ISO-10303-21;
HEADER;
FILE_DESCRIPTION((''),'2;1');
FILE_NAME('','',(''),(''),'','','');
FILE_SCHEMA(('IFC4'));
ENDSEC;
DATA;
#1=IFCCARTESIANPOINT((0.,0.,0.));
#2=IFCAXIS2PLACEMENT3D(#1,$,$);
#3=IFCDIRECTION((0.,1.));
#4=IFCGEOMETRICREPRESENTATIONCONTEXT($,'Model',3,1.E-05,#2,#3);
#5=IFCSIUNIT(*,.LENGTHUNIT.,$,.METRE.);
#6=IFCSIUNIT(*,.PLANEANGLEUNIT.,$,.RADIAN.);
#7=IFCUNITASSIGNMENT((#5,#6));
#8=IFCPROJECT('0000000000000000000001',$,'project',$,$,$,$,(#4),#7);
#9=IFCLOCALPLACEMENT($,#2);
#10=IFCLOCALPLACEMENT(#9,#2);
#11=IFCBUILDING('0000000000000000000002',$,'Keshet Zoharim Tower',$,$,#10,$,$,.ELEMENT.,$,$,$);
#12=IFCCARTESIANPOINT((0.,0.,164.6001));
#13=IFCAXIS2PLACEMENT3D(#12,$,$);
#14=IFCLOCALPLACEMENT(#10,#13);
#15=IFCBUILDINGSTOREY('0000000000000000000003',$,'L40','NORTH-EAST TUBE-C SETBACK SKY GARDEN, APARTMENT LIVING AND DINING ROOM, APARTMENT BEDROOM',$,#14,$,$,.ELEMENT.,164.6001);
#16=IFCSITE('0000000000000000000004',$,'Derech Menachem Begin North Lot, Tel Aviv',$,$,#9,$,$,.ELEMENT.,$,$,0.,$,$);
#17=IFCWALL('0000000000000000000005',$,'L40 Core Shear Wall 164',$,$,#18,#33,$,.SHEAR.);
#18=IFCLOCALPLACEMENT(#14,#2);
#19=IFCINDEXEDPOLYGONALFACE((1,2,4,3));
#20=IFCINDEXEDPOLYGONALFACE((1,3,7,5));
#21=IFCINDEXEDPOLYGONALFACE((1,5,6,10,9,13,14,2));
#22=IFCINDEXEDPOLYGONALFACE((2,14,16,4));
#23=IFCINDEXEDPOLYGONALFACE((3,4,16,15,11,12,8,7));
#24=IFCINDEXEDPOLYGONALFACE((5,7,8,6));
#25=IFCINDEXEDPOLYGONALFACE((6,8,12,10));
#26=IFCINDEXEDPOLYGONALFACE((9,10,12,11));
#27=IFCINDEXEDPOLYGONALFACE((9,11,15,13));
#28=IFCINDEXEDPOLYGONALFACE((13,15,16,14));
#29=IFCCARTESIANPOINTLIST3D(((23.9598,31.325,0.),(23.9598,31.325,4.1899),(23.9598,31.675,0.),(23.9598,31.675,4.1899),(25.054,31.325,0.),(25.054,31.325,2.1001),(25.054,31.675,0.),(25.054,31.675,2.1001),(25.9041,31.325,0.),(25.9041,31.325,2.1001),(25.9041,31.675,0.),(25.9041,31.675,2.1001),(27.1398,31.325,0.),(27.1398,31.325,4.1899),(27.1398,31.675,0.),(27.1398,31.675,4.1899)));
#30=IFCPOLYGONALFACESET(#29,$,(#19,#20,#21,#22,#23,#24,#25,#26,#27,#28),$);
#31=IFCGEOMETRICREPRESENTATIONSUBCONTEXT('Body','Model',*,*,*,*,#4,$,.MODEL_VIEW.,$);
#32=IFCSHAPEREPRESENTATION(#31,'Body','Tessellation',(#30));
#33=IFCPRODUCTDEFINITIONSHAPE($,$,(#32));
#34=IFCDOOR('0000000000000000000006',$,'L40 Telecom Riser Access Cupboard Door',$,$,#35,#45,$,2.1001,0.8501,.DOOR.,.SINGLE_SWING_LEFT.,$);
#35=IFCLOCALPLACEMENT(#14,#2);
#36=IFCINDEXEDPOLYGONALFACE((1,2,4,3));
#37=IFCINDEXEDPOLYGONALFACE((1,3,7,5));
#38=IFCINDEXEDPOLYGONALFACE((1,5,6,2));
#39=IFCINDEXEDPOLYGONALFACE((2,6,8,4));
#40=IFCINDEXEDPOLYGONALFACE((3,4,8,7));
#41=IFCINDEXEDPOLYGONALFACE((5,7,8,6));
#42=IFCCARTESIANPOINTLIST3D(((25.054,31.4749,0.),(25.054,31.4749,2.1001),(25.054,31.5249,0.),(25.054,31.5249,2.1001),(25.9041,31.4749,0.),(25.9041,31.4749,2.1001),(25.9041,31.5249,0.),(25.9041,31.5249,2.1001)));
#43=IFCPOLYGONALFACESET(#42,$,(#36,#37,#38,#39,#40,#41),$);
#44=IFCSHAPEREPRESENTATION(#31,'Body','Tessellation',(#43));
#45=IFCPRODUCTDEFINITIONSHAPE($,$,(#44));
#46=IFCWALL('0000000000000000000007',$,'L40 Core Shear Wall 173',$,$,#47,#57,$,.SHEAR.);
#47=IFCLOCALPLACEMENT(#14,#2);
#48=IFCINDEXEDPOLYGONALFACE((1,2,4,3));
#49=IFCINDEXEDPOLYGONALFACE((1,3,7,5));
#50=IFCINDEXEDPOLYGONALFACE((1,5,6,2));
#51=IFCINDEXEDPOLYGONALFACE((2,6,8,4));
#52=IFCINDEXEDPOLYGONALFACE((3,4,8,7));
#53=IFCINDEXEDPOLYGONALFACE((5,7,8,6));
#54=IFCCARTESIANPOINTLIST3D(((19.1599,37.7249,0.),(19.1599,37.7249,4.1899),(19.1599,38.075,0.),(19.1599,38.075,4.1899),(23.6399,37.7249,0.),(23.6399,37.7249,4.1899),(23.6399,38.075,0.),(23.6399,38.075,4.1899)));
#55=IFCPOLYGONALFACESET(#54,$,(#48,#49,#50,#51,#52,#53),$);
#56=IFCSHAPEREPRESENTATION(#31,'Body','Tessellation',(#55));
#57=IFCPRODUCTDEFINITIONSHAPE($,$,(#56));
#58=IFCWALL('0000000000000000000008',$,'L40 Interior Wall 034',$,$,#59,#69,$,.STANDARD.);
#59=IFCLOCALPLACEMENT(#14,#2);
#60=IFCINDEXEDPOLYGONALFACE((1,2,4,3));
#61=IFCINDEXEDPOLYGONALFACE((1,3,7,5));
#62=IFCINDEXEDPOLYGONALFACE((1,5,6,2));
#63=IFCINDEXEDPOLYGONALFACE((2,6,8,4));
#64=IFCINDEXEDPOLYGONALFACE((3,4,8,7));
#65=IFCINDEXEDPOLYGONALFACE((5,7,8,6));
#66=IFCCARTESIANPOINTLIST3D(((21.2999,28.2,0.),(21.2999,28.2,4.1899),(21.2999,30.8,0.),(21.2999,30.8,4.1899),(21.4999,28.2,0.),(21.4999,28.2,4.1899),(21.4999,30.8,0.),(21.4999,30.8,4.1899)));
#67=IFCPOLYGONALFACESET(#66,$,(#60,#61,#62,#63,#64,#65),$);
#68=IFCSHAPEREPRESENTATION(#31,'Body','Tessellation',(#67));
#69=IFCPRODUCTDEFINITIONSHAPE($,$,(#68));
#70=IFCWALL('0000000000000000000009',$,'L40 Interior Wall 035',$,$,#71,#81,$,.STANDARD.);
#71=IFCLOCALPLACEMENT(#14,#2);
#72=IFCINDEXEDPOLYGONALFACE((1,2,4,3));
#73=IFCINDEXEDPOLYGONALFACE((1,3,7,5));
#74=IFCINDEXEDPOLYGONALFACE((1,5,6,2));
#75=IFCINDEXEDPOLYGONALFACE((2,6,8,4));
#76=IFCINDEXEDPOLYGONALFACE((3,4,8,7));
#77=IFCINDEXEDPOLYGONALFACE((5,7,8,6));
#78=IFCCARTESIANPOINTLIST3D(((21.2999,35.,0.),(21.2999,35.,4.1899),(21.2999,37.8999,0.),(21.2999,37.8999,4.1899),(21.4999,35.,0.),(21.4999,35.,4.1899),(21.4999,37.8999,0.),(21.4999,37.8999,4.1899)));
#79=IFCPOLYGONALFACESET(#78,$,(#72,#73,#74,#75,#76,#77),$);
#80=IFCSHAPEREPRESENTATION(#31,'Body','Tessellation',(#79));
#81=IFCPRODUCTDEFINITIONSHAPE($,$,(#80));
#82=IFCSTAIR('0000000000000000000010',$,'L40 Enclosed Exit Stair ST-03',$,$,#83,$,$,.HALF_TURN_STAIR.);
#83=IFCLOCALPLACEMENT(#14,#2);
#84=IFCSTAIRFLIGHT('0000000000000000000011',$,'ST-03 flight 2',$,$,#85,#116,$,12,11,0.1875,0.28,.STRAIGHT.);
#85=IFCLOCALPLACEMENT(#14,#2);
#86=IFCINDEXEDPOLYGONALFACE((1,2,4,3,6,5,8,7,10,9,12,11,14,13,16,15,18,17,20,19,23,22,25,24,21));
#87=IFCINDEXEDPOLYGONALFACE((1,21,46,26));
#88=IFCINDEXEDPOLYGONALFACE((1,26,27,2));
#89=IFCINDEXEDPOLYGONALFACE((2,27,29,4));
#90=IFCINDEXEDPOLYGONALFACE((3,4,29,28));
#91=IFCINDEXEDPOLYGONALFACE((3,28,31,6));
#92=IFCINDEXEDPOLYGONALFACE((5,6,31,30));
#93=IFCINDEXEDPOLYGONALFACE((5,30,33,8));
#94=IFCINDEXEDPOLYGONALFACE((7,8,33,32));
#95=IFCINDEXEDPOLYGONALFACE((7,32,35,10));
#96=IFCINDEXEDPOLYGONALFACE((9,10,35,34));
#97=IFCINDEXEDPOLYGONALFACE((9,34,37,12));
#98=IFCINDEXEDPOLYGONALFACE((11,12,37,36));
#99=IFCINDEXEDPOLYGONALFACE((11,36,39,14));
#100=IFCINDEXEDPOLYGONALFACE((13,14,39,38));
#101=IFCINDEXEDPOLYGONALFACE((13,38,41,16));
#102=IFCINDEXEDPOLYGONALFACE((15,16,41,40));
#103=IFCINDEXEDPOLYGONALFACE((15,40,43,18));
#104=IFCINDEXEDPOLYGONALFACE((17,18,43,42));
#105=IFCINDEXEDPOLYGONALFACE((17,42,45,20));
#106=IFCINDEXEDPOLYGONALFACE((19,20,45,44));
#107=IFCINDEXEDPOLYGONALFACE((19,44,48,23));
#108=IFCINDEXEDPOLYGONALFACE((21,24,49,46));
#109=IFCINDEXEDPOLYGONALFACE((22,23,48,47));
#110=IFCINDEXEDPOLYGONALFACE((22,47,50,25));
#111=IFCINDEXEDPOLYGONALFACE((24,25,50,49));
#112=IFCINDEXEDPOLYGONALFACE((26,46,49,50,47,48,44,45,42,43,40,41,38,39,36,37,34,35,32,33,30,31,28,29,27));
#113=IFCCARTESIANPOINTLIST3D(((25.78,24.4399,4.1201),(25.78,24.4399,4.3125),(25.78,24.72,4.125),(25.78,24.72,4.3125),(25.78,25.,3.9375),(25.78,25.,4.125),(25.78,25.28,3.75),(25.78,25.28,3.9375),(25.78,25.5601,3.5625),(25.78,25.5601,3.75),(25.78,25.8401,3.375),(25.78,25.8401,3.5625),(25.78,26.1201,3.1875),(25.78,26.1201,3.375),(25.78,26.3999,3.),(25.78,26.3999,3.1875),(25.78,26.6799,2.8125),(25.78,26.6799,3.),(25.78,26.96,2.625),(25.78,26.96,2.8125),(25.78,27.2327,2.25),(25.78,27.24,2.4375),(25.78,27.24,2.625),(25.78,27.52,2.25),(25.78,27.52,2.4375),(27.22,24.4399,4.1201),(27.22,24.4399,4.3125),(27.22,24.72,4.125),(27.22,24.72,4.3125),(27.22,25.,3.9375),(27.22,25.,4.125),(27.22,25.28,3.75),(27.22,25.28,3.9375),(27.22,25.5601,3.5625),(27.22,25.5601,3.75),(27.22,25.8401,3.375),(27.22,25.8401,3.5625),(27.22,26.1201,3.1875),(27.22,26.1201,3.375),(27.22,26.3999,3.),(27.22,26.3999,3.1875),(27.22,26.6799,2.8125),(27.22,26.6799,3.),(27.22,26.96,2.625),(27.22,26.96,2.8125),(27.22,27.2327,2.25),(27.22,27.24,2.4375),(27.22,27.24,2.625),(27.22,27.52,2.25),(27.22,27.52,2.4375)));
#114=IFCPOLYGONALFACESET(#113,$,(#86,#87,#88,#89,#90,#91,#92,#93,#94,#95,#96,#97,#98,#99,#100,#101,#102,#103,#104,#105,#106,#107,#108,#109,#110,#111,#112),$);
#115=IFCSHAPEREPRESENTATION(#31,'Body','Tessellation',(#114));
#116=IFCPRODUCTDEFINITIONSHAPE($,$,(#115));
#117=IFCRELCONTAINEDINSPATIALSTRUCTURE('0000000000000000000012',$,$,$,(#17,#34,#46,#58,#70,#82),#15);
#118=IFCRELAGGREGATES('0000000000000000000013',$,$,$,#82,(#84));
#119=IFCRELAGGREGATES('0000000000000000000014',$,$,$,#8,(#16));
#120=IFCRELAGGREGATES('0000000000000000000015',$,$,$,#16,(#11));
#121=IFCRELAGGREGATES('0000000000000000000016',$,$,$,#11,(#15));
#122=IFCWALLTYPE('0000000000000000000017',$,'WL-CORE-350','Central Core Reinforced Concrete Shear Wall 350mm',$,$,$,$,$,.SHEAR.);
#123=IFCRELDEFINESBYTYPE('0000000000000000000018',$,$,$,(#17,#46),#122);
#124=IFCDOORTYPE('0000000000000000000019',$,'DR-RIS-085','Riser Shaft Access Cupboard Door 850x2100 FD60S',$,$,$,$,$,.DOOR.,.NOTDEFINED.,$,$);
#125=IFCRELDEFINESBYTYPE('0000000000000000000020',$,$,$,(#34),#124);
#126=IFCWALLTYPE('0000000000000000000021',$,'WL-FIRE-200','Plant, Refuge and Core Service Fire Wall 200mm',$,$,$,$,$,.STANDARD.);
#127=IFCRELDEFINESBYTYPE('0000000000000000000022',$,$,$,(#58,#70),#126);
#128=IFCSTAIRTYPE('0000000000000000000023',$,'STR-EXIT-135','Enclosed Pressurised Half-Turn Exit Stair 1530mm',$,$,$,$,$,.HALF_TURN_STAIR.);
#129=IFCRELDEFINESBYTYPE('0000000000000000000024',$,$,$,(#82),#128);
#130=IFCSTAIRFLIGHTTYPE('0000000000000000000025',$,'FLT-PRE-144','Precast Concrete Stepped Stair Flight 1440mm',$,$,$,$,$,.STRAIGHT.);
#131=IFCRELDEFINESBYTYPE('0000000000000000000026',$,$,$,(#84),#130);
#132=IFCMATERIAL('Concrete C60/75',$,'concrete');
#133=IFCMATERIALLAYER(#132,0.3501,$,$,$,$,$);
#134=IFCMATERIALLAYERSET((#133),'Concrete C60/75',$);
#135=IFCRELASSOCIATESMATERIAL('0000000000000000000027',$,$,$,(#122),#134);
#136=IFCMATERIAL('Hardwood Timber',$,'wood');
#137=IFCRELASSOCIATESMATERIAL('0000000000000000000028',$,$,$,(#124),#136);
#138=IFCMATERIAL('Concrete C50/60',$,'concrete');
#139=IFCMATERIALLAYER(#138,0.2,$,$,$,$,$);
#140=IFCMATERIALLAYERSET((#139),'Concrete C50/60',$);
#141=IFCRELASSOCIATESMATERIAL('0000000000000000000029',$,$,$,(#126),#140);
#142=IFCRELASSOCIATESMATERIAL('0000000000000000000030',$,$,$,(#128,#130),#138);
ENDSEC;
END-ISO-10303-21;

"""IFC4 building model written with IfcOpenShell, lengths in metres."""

from ifc_helpers import new_model, si_unit, direction, frame, frame_2d, origin, place, context, subcontext, project, spatial, polyline, rectangle, outline, extrude, material, layer, layer_set, type_object, element, fill, aggregate, save


model = new_model("IFC4")

# Units and contexts
model_context = context("Model", 3, precision=1e-05, world=origin(), true_north=direction((0.0, 1.0)))
body_context = subcontext(model_context, "Body", "Model", "MODEL_VIEW")
ifc_project = project(units=[si_unit("LENGTHUNIT", "METRE"), si_unit("PLANEANGLEUNIT", "RADIAN")], contexts=[model_context])

# Site, building, storey
site_placement = place(None, origin())
site = spatial("IfcSite", under=ifc_project, at=site_placement, Name="Derech Menachem Begin North Lot, Tel Aviv", CompositionType="ELEMENT", RefElevation=0.0)
building_placement = place(site_placement, origin())
building = spatial("IfcBuilding", under=site, at=building_placement, Name="Keshet Zoharim Tower", CompositionType="ELEMENT")
storey_placement = place(building_placement, frame((0.0, 0.0, 164.6001)))
storey = spatial("IfcBuildingStorey", under=building, at=storey_placement, Name="L40", Description="NORTH-EAST TUBE-C SETBACK SKY GARDEN, APARTMENT LIVING AND DINING ROOM, APARTMENT BEDROOM", CompositionType="ELEMENT", Elevation=164.6001)

# Shared definitions
ifc_material_1 = material(Name="Concrete C60/75", Category="concrete")
ifc_layer_1 = layer(ifc_material_1, 0.3501)
ifc_layer_set_1 = layer_set([ifc_layer_1], Name="Concrete C60/75")
wall_type_1 = type_object("IfcWallType", Name="WL-CORE-350", Description="Central Core Reinforced Concrete Shear Wall 350mm", PredefinedType="SHEAR", material=ifc_layer_set_1)

# Shared definitions
ifc_material_2 = material(Name="Hardwood Timber", Category="wood")

# Wall, opening, door
wall_1_placement = place(storey_placement, frame((23.96, 31.5, 0.0), z_axis=(0.0, 0.0, 1.0), x_axis=(1.0, 0.0, 0.0)))
wall_1 = element("IfcWall", 1, at=wall_1_placement, inside=storey, type_object=wall_type_1, Name="L40 Core Shear Wall 164", PredefinedType="SHEAR", context=body_context, shape_type="SweptSolid", body=[
    extrude(rectangle(XDim=3.1799, YDim=0.3501, at=frame_2d((1.5898, 0.0))), origin(), (0.0, 0.0, 1.0), 4.1899),
])
opening_1_placement = place(wall_1_placement, frame((1.094, 0.0, 0.0)))
opening_1 = element("IfcOpeningElement", 2, at=opening_1_placement, cuts=wall_1, PredefinedType="OPENING", context=body_context, shape_type="SweptSolid", body=[
    extrude(rectangle(XDim=0.8501, YDim=2.1001, at=frame_2d((0.425, 1.05))), frame((0.0, 0.1851, 0.0), z_axis=(0.0, -1.0, 0.0), x_axis=(1.0, 0.0, 0.0)), (0.0, 0.0, 1.0), 0.3701),
])
door_type_1 = type_object("IfcDoorType", Name="DR-RIS-085", Description="Riser Shaft Access Cupboard Door 850x2100 FD60S", OperationType="NOTDEFINED", PredefinedType="DOOR", material=ifc_material_2)
door_1_placement = place(opening_1_placement, origin())
door_1 = element("IfcDoor", 3, at=door_1_placement, inside=storey, type_object=door_type_1, Name="L40 Telecom Riser Access Cupboard Door", OperationType="SINGLE_SWING_LEFT", OverallHeight=2.1001, OverallWidth=0.8501, PredefinedType="DOOR", context=body_context, shape_type="SweptSolid", body=[
    extrude(rectangle(XDim=0.8501, YDim=2.1001, at=frame_2d((0.425, 1.05))), frame((0.0, 0.0249, 0.0), z_axis=(0.0, -1.0, 0.0), x_axis=(1.0, 0.0, 0.0)), (0.0, 0.0, 1.0), 0.05),
])
fill(opening_1, door_1)

# Walls
wall_2_placement = place(storey_placement, frame((19.1599, 37.8999, 0.0), z_axis=(0.0, 0.0, 1.0), x_axis=(1.0, 0.0, 0.0)))
element("IfcWall", 4, at=wall_2_placement, inside=storey, type_object=wall_type_1, Name="L40 Core Shear Wall 173", PredefinedType="SHEAR", context=body_context, shape_type="SweptSolid", body=[
    extrude(rectangle(XDim=4.48, YDim=0.3501, at=frame_2d((2.24, 0.0))), origin(), (0.0, 0.0, 1.0), 4.1899),
])
ifc_material_3 = material(Name="Concrete C50/60", Category="concrete")
ifc_layer_2 = layer(ifc_material_3, 0.2)
ifc_layer_set_2 = layer_set([ifc_layer_2], Name="Concrete C50/60")
wall_type_2 = type_object("IfcWallType", Name="WL-FIRE-200", Description="Plant, Refuge and Core Service Fire Wall 200mm", PredefinedType="STANDARD", material=ifc_layer_set_2)
wall_3_placement = place(storey_placement, frame((21.3999, 28.2, 0.0), z_axis=(0.0, 0.0, 1.0), x_axis=(0.0, 1.0, 0.0)))
element("IfcWall", 5, at=wall_3_placement, inside=storey, type_object=wall_type_2, Name="L40 Interior Wall 034", PredefinedType="STANDARD", context=body_context, shape_type="SweptSolid", body=[
    extrude(rectangle(XDim=2.6001, YDim=0.2, at=frame_2d((1.3, 0.0))), origin(), (0.0, 0.0, 1.0), 4.1899),
])
wall_4_placement = place(storey_placement, frame((21.3999, 35.0, 0.0), z_axis=(0.0, 0.0, 1.0), x_axis=(0.0, 1.0, 0.0)))
element("IfcWall", 6, at=wall_4_placement, inside=storey, type_object=wall_type_2, Name="L40 Interior Wall 035", PredefinedType="STANDARD", context=body_context, shape_type="SweptSolid", body=[
    extrude(rectangle(XDim=2.8999, YDim=0.2, at=frame_2d((1.45, 0.0))), origin(), (0.0, 0.0, 1.0), 4.1899),
])

# Stair, stair flight
stair_type = type_object("IfcStairType", Name="STR-EXIT-135", Description="Enclosed Pressurised Half-Turn Exit Stair 1530mm", PredefinedType="HALF_TURN_STAIR", material=ifc_material_3)
stair_placement = place(storey_placement, origin())
stair = element("IfcStair", 7, at=stair_placement, inside=storey, type_object=stair_type, Name="L40 Enclosed Exit Stair ST-03", PredefinedType="HALF_TURN_STAIR")
stair_flight_type = type_object("IfcStairFlightType", Name="FLT-PRE-144", Description="Precast Concrete Stepped Stair Flight 1440mm", PredefinedType="STRAIGHT", material=ifc_material_3)
stair_flight_placement = place(storey_placement, frame((26.5, 27.52, 2.25), z_axis=(0.0, 0.0, 1.0), x_axis=(0.0, -1.0, 0.0)))
stair_flight = element("IfcStairFlight", 8, at=stair_flight_placement, type_object=stair_flight_type, Name="ST-03 flight 2", NumberOfRisers=12, NumberOfTreads=11, PredefinedType="STRAIGHT", RiserHeight=0.1875, TreadLength=0.28, context=body_context, shape_type="SweptSolid", body=[
    extrude(outline(polyline([(0.0, 0.0), (0.0, 0.1875), (0.28, 0.1875), (0.28, 0.375), (0.5601, 0.375), (0.5601, 0.5625), (0.8401, 0.5625), (0.8401, 0.75), (1.1201, 0.75), (1.1201, 0.9375), (1.3999, 0.9375), (1.3999, 1.125), (1.6799, 1.125), (1.6799, 1.3125), (1.96, 1.3125), (1.96, 1.5), (2.24, 1.5), (2.24, 1.6875), (2.52, 1.6875), (2.52, 1.875), (2.8, 1.875), (2.8, 2.0625), (3.0801, 2.0625), (3.0801, 2.25), (3.0801, 1.8701), (0.2874, 0.0), (0.0, 0.0)])), frame((0.0, 0.72, 0.0), z_axis=(0.0, -1.0, 0.0), x_axis=(1.0, 0.0, 0.0)), (0.0, 0.0, 1.0), 1.4399),
])
aggregate(stair, [stair_flight])

save(model, "model.ifc")
